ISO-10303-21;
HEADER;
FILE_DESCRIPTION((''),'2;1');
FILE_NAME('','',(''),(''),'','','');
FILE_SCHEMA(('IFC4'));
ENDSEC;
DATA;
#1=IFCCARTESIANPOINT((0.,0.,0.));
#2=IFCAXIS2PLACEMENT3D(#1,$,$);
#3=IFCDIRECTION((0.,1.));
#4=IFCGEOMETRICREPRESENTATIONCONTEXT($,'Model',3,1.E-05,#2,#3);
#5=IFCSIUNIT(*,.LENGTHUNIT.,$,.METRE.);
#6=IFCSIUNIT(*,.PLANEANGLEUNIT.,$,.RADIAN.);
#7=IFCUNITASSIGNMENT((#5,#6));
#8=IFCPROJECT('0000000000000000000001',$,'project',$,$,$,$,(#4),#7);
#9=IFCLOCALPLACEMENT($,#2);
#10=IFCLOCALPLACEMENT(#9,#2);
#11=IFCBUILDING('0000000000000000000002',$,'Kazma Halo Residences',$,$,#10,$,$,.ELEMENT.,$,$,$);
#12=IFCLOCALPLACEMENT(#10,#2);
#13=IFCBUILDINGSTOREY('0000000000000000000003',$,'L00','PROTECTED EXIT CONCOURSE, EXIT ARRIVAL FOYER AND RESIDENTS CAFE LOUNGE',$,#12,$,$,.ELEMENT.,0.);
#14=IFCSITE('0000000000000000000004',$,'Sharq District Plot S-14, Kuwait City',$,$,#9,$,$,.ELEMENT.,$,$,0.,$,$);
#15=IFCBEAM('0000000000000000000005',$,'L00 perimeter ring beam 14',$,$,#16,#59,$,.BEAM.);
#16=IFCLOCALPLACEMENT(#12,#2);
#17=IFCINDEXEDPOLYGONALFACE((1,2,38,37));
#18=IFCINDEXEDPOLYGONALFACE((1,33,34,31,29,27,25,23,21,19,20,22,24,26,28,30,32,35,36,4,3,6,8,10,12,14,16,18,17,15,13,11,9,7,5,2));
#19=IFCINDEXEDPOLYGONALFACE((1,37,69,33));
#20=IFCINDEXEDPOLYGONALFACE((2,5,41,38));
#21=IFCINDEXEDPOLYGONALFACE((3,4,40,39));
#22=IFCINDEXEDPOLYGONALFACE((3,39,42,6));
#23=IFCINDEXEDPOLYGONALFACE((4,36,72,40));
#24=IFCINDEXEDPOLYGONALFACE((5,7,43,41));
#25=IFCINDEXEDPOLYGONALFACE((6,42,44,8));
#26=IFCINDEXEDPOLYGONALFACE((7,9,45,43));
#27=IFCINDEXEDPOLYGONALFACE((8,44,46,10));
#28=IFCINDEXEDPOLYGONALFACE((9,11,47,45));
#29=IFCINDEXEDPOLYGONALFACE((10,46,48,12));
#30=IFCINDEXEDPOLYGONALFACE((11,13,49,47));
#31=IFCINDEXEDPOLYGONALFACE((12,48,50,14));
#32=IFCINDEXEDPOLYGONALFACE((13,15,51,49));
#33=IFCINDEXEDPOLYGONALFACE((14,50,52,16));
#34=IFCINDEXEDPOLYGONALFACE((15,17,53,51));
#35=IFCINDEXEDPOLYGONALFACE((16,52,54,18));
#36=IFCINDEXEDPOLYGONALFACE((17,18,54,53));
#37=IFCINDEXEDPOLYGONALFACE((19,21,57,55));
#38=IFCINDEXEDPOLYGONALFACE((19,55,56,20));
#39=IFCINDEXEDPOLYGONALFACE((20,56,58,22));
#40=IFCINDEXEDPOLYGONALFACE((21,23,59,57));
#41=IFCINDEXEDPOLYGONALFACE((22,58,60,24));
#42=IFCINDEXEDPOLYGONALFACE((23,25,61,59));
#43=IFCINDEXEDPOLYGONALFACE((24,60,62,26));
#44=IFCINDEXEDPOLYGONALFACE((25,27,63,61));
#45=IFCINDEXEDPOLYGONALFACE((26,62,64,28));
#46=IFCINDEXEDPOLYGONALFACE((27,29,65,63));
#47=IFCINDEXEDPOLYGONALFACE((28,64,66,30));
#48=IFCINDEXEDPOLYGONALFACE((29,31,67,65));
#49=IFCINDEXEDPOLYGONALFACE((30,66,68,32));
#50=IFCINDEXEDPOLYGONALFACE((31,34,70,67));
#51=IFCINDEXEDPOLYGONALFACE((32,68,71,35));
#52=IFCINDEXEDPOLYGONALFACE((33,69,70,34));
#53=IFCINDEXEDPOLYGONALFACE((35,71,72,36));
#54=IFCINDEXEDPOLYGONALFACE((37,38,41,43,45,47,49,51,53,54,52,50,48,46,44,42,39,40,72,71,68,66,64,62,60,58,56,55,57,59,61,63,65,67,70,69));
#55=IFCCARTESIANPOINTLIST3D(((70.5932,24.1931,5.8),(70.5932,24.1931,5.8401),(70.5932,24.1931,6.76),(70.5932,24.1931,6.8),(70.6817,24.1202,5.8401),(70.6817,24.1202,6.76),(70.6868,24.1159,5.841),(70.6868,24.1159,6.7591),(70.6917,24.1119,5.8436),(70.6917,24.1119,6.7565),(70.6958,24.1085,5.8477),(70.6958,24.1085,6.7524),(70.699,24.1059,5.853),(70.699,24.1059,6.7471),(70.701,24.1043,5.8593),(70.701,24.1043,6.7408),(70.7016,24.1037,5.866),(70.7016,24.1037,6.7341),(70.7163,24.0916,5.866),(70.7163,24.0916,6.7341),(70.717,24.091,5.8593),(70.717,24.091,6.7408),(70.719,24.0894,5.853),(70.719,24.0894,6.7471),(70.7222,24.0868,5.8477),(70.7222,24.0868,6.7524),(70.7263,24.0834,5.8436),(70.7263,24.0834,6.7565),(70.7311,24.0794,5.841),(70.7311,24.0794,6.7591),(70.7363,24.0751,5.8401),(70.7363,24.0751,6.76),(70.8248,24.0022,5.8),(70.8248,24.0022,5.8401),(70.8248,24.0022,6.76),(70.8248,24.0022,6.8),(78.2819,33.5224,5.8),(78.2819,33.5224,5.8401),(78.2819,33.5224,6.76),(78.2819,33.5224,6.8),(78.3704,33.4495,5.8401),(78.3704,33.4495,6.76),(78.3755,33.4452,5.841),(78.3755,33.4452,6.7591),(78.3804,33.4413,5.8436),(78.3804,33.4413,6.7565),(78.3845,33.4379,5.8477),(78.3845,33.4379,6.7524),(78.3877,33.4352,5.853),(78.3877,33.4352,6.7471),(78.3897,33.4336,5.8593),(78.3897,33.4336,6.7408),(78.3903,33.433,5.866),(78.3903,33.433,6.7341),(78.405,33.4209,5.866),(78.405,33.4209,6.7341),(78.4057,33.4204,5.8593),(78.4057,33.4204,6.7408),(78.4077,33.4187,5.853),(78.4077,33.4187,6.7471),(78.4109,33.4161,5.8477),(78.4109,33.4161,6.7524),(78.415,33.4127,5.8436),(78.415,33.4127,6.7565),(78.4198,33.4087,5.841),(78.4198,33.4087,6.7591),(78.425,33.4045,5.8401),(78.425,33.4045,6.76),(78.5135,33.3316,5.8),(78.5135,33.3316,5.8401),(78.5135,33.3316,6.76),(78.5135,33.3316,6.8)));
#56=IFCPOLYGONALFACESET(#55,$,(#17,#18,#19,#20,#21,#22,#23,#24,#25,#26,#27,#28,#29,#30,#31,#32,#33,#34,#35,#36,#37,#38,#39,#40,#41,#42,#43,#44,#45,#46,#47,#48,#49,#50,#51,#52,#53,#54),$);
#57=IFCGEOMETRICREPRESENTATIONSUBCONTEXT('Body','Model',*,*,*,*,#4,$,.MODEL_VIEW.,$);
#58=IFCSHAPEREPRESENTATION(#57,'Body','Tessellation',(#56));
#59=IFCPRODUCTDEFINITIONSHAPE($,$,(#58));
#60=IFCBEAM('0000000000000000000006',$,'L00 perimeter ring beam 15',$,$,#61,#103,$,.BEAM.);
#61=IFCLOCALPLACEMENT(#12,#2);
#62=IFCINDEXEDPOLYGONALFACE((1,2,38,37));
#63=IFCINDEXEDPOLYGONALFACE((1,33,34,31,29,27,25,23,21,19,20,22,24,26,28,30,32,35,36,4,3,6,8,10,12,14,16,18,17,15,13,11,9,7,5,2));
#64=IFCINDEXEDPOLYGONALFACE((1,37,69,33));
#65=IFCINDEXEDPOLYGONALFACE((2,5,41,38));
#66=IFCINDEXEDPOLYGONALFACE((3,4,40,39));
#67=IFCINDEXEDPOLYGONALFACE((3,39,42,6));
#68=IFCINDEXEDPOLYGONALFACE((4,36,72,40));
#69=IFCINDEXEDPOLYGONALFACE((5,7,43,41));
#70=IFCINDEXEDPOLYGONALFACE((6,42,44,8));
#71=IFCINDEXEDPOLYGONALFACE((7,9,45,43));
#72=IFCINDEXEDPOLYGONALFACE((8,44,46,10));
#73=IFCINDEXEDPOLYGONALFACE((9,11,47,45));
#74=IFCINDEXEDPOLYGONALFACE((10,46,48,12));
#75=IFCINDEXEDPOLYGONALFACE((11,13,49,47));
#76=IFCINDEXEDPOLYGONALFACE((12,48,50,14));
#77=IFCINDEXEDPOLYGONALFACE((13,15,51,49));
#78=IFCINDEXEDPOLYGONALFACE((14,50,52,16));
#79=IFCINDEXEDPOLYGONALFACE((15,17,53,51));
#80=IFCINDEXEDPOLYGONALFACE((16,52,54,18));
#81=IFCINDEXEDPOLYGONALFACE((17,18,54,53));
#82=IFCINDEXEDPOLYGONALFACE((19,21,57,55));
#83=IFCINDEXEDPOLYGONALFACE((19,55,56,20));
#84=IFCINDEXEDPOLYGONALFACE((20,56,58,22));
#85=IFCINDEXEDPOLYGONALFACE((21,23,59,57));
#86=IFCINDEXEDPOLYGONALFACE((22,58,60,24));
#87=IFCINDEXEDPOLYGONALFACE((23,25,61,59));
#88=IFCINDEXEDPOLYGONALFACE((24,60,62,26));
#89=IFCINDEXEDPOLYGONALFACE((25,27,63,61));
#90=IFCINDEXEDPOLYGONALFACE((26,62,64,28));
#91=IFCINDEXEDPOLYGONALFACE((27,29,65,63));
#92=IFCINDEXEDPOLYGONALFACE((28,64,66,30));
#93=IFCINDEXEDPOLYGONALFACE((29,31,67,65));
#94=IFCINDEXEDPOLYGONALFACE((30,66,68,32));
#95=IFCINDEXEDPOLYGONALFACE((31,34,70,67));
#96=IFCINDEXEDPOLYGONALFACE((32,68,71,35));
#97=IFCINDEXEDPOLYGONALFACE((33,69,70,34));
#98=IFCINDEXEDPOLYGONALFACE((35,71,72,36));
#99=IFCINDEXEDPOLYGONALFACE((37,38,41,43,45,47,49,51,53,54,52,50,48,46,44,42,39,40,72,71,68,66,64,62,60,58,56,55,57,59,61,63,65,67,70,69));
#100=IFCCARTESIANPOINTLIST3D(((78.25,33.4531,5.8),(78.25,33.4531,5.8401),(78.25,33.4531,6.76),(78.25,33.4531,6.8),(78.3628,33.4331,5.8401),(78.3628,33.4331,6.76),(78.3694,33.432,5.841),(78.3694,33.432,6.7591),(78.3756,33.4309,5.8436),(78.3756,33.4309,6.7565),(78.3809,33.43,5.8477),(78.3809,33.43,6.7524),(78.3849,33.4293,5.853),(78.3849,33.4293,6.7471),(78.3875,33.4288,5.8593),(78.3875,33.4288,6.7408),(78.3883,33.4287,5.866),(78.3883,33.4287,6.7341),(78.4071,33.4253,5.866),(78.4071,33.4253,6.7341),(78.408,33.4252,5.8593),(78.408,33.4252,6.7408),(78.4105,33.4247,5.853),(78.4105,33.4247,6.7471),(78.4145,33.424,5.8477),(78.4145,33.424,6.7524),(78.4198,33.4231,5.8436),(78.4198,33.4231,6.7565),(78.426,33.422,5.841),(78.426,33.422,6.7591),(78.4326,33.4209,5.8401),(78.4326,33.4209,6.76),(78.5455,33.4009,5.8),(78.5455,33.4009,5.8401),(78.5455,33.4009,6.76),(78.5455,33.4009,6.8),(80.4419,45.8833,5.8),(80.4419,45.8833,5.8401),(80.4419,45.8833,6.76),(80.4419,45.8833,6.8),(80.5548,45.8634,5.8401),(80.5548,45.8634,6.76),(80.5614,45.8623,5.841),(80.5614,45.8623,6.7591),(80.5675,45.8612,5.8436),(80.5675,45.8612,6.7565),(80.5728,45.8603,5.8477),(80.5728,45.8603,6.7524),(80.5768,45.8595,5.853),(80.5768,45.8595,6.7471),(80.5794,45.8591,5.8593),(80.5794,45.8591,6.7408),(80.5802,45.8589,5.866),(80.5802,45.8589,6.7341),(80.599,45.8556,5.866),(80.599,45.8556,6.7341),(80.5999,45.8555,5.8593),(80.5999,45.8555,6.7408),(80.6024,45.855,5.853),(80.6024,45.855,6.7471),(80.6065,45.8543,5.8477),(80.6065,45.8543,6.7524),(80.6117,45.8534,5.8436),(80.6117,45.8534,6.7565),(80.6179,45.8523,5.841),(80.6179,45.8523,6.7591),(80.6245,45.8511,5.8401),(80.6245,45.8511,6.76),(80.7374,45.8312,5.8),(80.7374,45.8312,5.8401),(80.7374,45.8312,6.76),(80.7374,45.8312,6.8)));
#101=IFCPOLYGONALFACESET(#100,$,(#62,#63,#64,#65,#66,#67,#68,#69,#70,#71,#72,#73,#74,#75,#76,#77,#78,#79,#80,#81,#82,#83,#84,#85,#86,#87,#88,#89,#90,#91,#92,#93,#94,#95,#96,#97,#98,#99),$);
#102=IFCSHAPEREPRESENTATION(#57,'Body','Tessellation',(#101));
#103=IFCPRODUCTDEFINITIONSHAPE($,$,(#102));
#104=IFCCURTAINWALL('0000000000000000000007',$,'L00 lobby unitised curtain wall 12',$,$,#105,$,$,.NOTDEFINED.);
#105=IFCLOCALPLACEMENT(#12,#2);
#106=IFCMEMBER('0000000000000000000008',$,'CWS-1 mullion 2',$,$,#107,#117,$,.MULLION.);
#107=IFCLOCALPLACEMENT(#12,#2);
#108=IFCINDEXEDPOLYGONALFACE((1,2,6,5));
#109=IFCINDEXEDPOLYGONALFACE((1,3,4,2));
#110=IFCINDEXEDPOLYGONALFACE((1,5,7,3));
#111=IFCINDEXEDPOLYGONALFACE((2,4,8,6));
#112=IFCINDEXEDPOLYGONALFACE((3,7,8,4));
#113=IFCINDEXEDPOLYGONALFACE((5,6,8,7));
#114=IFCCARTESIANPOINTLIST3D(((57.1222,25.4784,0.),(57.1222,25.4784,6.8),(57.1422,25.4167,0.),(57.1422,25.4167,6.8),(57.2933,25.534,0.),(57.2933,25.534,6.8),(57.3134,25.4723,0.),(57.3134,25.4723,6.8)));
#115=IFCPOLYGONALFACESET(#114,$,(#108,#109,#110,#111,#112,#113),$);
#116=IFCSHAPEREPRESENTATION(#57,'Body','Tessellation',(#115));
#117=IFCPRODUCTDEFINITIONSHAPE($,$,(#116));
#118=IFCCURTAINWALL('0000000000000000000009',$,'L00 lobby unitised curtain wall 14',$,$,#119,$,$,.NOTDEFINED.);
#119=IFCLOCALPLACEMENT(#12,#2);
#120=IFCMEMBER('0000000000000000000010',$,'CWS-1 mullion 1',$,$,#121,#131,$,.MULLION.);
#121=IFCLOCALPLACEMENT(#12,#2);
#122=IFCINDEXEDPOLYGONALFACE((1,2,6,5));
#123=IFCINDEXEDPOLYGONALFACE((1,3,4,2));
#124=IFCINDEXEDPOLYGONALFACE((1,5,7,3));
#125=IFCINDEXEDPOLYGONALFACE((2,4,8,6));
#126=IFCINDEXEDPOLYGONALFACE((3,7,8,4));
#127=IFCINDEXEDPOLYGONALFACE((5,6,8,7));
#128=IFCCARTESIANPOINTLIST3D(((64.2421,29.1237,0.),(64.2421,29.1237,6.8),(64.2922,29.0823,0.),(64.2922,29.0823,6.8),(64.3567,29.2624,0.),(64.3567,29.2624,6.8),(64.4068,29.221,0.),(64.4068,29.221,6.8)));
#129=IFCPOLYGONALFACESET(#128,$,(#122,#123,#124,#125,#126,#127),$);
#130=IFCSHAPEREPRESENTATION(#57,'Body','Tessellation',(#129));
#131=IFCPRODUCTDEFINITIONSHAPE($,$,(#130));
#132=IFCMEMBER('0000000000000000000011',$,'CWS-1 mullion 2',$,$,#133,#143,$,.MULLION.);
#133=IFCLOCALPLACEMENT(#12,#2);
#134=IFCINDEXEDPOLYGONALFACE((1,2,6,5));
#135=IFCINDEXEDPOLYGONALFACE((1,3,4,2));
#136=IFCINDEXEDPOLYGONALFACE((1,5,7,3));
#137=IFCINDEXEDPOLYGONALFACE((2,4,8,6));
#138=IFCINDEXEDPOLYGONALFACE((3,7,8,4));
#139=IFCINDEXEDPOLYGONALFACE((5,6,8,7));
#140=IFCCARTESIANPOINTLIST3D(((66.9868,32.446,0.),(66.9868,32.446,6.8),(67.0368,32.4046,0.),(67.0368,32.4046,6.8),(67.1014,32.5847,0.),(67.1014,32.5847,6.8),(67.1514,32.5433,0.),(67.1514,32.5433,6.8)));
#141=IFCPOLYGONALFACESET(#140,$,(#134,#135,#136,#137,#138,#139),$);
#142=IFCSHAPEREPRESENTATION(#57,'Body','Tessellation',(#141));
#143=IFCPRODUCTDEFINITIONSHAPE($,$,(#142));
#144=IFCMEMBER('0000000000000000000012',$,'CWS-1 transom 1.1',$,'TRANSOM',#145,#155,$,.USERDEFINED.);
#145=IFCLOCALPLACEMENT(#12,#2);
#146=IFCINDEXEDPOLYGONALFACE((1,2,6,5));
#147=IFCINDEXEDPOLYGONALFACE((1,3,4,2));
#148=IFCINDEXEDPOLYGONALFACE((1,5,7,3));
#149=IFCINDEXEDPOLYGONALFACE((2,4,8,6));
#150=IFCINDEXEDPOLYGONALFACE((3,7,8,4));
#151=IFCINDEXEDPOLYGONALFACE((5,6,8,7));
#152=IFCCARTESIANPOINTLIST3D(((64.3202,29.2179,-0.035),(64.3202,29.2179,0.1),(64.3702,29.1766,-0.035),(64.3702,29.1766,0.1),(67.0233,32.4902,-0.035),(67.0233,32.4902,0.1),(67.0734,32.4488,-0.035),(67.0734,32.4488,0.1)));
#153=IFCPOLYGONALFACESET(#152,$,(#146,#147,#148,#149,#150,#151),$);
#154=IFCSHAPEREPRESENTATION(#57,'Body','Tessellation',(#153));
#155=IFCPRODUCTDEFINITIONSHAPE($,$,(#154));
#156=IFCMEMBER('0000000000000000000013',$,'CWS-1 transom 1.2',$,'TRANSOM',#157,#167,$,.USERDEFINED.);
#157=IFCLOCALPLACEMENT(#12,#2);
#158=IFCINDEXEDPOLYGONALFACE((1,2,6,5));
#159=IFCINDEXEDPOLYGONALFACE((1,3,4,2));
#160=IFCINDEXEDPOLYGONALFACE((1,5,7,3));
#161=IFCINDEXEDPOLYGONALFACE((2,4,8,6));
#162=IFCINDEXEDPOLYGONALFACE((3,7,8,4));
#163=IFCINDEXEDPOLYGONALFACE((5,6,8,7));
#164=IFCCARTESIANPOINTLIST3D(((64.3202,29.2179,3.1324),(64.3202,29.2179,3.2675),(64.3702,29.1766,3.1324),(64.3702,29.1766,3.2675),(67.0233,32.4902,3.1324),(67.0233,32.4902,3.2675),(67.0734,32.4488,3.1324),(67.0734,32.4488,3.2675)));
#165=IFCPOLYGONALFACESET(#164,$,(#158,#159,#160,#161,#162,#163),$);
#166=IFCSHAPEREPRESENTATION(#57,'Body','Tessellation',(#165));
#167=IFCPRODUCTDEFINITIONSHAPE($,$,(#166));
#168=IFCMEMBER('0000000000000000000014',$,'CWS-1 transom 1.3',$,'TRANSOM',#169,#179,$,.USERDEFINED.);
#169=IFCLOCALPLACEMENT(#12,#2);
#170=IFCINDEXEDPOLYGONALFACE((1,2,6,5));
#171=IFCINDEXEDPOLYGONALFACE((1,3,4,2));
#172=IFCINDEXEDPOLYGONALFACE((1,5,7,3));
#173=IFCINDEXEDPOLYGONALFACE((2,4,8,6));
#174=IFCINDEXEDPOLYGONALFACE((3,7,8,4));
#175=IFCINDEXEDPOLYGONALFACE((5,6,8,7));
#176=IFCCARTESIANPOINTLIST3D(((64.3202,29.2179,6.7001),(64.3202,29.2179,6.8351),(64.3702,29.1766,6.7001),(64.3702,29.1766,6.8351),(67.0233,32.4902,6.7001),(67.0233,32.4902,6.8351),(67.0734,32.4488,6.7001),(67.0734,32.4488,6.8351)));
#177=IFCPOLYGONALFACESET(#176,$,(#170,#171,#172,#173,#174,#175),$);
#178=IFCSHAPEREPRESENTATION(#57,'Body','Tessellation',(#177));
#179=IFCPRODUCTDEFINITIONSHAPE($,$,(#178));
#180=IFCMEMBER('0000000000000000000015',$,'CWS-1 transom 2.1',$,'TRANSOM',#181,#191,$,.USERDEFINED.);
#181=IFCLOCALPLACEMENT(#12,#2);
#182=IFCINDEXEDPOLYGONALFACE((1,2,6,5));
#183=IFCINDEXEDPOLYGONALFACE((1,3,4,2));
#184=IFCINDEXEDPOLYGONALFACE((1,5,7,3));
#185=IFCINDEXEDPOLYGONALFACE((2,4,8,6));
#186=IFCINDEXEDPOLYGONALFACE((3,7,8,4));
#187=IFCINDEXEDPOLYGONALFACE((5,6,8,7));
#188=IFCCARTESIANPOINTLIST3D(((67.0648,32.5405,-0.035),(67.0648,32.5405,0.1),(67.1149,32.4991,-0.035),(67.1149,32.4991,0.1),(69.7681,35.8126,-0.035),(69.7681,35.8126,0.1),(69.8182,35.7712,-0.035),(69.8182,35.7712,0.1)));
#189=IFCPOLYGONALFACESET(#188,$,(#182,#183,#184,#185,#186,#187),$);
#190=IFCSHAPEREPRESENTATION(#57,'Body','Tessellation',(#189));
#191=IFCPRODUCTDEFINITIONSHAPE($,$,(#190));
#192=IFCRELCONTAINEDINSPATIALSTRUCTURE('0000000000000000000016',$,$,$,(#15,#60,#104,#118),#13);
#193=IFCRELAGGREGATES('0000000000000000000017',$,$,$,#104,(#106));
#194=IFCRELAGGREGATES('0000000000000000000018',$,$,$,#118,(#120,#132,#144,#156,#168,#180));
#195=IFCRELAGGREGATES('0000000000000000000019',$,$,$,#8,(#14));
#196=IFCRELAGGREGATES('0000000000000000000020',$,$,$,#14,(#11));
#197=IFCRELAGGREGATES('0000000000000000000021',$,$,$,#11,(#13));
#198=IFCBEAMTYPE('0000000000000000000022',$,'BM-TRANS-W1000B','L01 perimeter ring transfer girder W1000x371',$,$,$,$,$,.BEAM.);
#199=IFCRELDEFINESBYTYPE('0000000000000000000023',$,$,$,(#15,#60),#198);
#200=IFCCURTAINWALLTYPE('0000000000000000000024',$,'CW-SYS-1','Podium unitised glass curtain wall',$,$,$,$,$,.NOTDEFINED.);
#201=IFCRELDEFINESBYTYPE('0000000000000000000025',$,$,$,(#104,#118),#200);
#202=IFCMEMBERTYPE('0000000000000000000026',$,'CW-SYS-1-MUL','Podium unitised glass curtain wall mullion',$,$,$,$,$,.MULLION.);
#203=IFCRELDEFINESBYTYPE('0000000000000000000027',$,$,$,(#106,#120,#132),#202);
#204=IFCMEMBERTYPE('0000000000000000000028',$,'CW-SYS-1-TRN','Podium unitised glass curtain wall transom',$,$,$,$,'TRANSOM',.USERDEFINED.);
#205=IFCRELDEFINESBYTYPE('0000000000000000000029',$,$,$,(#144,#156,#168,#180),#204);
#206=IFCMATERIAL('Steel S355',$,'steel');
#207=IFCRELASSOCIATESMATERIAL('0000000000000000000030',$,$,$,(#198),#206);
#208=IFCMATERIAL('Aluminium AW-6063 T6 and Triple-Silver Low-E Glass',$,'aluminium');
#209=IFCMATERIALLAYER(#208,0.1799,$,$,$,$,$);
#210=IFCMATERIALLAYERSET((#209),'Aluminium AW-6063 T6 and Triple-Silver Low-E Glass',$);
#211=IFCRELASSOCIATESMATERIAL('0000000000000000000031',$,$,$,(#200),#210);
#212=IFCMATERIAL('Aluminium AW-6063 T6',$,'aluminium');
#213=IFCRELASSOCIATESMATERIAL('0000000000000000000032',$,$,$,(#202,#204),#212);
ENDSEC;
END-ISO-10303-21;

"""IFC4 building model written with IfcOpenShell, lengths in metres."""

from ifc_helpers import new_model, si_unit, direction, frame, origin, origin_2d, place, context, subcontext, project, spatial, rectangle, i_section, extrude, material, layer, layer_set, material_profile, profile_set, type_object, element, aggregate, save


model = new_model("IFC4")

# Units and contexts
model_context = context("Model", 3, precision=1e-05, world=origin(), true_north=direction((0.0, 1.0)))
body_context = subcontext(model_context, "Body", "Model", "MODEL_VIEW")
ifc_project = project(units=[si_unit("LENGTHUNIT", "METRE"), si_unit("PLANEANGLEUNIT", "RADIAN")], contexts=[model_context])

# Site, building, storey
site_placement = place(None, origin())
site = spatial("IfcSite", under=ifc_project, at=site_placement, Name="Sharq District Plot S-14, Kuwait City", CompositionType="ELEMENT", RefElevation=0.0)
building_placement = place(site_placement, origin())
building = spatial("IfcBuilding", under=site, at=building_placement, Name="Kazma Halo Residences", CompositionType="ELEMENT")
storey_placement = place(building_placement, origin())
storey = spatial("IfcBuildingStorey", under=building, at=storey_placement, Name="L00", Description="PROTECTED EXIT CONCOURSE, EXIT ARRIVAL FOYER AND RESIDENTS CAFE LOUNGE", CompositionType="ELEMENT", Elevation=0.0)

# Beams
ifc_material_1 = material(Name="Steel S355", Category="steel")
ifc_material_profile_1 = material_profile(ifc_material_1, i_section(OverallWidth=0.3, OverallDepth=1.0, WebThickness=0.019, FlangeThickness=0.04, FilletRadius=0.0259, at=origin_2d()), Name="W1000x371")
ifc_profile_set_1 = profile_set([ifc_material_profile_1], Name="Steel S355")
beam_type_1 = type_object("IfcBeamType", Name="BM-TRANS-W1000B", Description="L01 perimeter ring transfer girder W1000x371", PredefinedType="BEAM", material=ifc_profile_set_1)
beam_1_placement = place(storey_placement, frame((70.709, 24.0977, 6.3), z_axis=(0.63599, 0.771698, 0.0), x_axis=(-0.771698, 0.63599, 0.0)))
element("IfcBeam", 1, at=beam_1_placement, inside=storey, type_object=beam_type_1, Name="L00 perimeter ring beam 14", PredefinedType="BEAM", context=body_context, shape_type="SweptSolid", body=[
    extrude(i_section(OverallWidth=0.3, OverallDepth=1.0, WebThickness=0.019, FlangeThickness=0.04, FilletRadius=0.0259, at=origin_2d()), origin(), (0.0, 0.0, 1.0), 12.0894),
])
beam_2_placement = place(storey_placement, frame((78.3977, 33.427, 6.3), z_axis=(0.173657, 0.984806, 0.0), x_axis=(-0.984806, 0.173657, 0.0)))
element("IfcBeam", 2, at=beam_2_placement, inside=storey, type_object=beam_type_1, Name="L00 perimeter ring beam 15", PredefinedType="BEAM", context=body_context, shape_type="SweptSolid", body=[
    extrude(i_section(OverallWidth=0.3, OverallDepth=1.0, WebThickness=0.019, FlangeThickness=0.04, FilletRadius=0.0259, at=origin_2d()), origin(), (0.0, 0.0, 1.0), 12.6221),
])

# Curtain wall, member
ifc_material_2 = material(Name="Aluminium AW-6063 T6 and Triple-Silver Low-E Glass", Category="aluminium")
ifc_layer_1 = layer(ifc_material_2, 0.1799)
ifc_layer_set_1 = layer_set([ifc_layer_1], Name="Aluminium AW-6063 T6 and Triple-Silver Low-E Glass")
curtain_wall_type = type_object("IfcCurtainWallType", Name="CW-SYS-1", Description="Podium unitised glass curtain wall", PredefinedType="NOTDEFINED", material=ifc_layer_set_1)
curtain_wall_1_placement = place(storey_placement, origin())
curtain_wall_1 = element("IfcCurtainWall", 3, at=curtain_wall_1_placement, inside=storey, type_object=curtain_wall_type, Name="L00 lobby unitised curtain wall 12", PredefinedType="NOTDEFINED")
ifc_material_3 = material(Name="Aluminium AW-6063 T6", Category="aluminium")
ifc_material_profile_2 = material_profile(ifc_material_3, rectangle(XDim=0.0649, YDim=0.1799, at=origin_2d()), Name="CWM-65x180")
ifc_profile_set_2 = profile_set([ifc_material_profile_2], Name="Aluminium AW-6063 T6")
member_type_1 = type_object("IfcMemberType", Name="CW-SYS-1-MUL", Description="Podium unitised glass curtain wall mullion", PredefinedType="MULLION", material=ifc_profile_set_2)
member_1_placement = place(storey_placement, frame((57.2178, 25.4753, 0.0), z_axis=(0.0, 0.0, 1.0), x_axis=(-0.309021, 0.951055, 0.0)))
member_1 = element("IfcMember", 4, at=member_1_placement, type_object=member_type_1, Name="CWS-1 mullion 2", PredefinedType="MULLION", context=body_context, shape_type="SweptSolid", body=[
    extrude(rectangle(XDim=0.0649, YDim=0.1799, at=origin_2d()), origin(), (0.0, 0.0, 1.0), 6.8),
])
aggregate(curtain_wall_1, [member_1])

# Curtain wall, members
curtain_wall_2_placement = place(storey_placement, origin())
curtain_wall_2 = element("IfcCurtainWall", 5, at=curtain_wall_2_placement, inside=storey, type_object=curtain_wall_type, Name="L00 lobby unitised curtain wall 14", PredefinedType="NOTDEFINED")
member_2_placement = place(storey_placement, frame((64.3245, 29.1724, 0.0), z_axis=(0.0, 0.0, 1.0), x_axis=(-0.770944, 0.636903, 0.0)))
member_2 = element("IfcMember", 6, at=member_2_placement, type_object=member_type_1, Name="CWS-1 mullion 1", PredefinedType="MULLION", context=body_context, shape_type="SweptSolid", body=[
    extrude(rectangle(XDim=0.0649, YDim=0.1799, at=origin_2d()), origin(), (0.0, 0.0, 1.0), 6.8),
])
member_3_placement = place(storey_placement, frame((67.0691, 32.4946, 0.0), z_axis=(0.0, 0.0, 1.0), x_axis=(-0.770944, 0.636903, 0.0)))
member_3 = element("IfcMember", 7, at=member_3_placement, type_object=member_type_1, Name="CWS-1 mullion 2", PredefinedType="MULLION", context=body_context, shape_type="SweptSolid", body=[
    extrude(rectangle(XDim=0.0649, YDim=0.1799, at=origin_2d()), origin(), (0.0, 0.0, 1.0), 6.8),
])
ifc_material_profile_3 = material_profile(ifc_material_3, rectangle(XDim=0.0649, YDim=0.135, at=origin_2d()), Name="CWT-65x135")
ifc_profile_set_3 = profile_set([ifc_material_profile_3], Name="Aluminium AW-6063 T6")
member_type_2 = type_object("IfcMemberType", Name="CW-SYS-1-TRN", Description="Podium unitised glass curtain wall transom", ElementType="TRANSOM", PredefinedType="USERDEFINED", material=ifc_profile_set_3)
member_4_placement = place(storey_placement, frame((64.3452, 29.1973, 0.0325), z_axis=(0.63688, 0.770963, 0.0), x_axis=(-0.770963, 0.63688, 0.0)))
member_4 = element("IfcMember", 8, at=member_4_placement, type_object=member_type_2, Name="CWS-1 transom 1.1", ObjectType="TRANSOM", PredefinedType="USERDEFINED", context=body_context, shape_type="SweptSolid", body=[
    extrude(rectangle(XDim=0.0649, YDim=0.135, at=origin_2d()), origin(), (0.0, 0.0, 1.0), 4.2444),
])
member_5_placement = place(storey_placement, frame((64.3452, 29.1973, 3.2), z_axis=(0.63688, 0.770963, 0.0), x_axis=(-0.770963, 0.63688, 0.0)))
member_5 = element("IfcMember", 9, at=member_5_placement, type_object=member_type_2, Name="CWS-1 transom 1.2", ObjectType="TRANSOM", PredefinedType="USERDEFINED", context=body_context, shape_type="SweptSolid", body=[
    extrude(rectangle(XDim=0.0649, YDim=0.135, at=origin_2d()), origin(), (0.0, 0.0, 1.0), 4.2444),
])
member_6_placement = place(storey_placement, frame((64.3452, 29.1973, 6.7676), z_axis=(0.63688, 0.770963, 0.0), x_axis=(-0.770963, 0.63688, 0.0)))
member_6 = element("IfcMember", 10, at=member_6_placement, type_object=member_type_2, Name="CWS-1 transom 1.3", ObjectType="TRANSOM", PredefinedType="USERDEFINED", context=body_context, shape_type="SweptSolid", body=[
    extrude(rectangle(XDim=0.0649, YDim=0.135, at=origin_2d()), origin(), (0.0, 0.0, 1.0), 4.2444),
])
member_7_placement = place(storey_placement, frame((67.0898, 32.5198, 0.0325), z_axis=(0.636914, 0.770935, 0.0), x_axis=(-0.770935, 0.636914, 0.0)))
member_7 = element("IfcMember", 11, at=member_7_placement, type_object=member_type_2, Name="CWS-1 transom 2.1", ObjectType="TRANSOM", PredefinedType="USERDEFINED", context=body_context, shape_type="SweptSolid", body=[
    extrude(rectangle(XDim=0.0649, YDim=0.135, at=origin_2d()), origin(), (0.0, 0.0, 1.0), 4.2444),
])
aggregate(curtain_wall_2, [member_2, member_3, member_4, member_5, member_6, member_7])

save(model, "model.ifc")
